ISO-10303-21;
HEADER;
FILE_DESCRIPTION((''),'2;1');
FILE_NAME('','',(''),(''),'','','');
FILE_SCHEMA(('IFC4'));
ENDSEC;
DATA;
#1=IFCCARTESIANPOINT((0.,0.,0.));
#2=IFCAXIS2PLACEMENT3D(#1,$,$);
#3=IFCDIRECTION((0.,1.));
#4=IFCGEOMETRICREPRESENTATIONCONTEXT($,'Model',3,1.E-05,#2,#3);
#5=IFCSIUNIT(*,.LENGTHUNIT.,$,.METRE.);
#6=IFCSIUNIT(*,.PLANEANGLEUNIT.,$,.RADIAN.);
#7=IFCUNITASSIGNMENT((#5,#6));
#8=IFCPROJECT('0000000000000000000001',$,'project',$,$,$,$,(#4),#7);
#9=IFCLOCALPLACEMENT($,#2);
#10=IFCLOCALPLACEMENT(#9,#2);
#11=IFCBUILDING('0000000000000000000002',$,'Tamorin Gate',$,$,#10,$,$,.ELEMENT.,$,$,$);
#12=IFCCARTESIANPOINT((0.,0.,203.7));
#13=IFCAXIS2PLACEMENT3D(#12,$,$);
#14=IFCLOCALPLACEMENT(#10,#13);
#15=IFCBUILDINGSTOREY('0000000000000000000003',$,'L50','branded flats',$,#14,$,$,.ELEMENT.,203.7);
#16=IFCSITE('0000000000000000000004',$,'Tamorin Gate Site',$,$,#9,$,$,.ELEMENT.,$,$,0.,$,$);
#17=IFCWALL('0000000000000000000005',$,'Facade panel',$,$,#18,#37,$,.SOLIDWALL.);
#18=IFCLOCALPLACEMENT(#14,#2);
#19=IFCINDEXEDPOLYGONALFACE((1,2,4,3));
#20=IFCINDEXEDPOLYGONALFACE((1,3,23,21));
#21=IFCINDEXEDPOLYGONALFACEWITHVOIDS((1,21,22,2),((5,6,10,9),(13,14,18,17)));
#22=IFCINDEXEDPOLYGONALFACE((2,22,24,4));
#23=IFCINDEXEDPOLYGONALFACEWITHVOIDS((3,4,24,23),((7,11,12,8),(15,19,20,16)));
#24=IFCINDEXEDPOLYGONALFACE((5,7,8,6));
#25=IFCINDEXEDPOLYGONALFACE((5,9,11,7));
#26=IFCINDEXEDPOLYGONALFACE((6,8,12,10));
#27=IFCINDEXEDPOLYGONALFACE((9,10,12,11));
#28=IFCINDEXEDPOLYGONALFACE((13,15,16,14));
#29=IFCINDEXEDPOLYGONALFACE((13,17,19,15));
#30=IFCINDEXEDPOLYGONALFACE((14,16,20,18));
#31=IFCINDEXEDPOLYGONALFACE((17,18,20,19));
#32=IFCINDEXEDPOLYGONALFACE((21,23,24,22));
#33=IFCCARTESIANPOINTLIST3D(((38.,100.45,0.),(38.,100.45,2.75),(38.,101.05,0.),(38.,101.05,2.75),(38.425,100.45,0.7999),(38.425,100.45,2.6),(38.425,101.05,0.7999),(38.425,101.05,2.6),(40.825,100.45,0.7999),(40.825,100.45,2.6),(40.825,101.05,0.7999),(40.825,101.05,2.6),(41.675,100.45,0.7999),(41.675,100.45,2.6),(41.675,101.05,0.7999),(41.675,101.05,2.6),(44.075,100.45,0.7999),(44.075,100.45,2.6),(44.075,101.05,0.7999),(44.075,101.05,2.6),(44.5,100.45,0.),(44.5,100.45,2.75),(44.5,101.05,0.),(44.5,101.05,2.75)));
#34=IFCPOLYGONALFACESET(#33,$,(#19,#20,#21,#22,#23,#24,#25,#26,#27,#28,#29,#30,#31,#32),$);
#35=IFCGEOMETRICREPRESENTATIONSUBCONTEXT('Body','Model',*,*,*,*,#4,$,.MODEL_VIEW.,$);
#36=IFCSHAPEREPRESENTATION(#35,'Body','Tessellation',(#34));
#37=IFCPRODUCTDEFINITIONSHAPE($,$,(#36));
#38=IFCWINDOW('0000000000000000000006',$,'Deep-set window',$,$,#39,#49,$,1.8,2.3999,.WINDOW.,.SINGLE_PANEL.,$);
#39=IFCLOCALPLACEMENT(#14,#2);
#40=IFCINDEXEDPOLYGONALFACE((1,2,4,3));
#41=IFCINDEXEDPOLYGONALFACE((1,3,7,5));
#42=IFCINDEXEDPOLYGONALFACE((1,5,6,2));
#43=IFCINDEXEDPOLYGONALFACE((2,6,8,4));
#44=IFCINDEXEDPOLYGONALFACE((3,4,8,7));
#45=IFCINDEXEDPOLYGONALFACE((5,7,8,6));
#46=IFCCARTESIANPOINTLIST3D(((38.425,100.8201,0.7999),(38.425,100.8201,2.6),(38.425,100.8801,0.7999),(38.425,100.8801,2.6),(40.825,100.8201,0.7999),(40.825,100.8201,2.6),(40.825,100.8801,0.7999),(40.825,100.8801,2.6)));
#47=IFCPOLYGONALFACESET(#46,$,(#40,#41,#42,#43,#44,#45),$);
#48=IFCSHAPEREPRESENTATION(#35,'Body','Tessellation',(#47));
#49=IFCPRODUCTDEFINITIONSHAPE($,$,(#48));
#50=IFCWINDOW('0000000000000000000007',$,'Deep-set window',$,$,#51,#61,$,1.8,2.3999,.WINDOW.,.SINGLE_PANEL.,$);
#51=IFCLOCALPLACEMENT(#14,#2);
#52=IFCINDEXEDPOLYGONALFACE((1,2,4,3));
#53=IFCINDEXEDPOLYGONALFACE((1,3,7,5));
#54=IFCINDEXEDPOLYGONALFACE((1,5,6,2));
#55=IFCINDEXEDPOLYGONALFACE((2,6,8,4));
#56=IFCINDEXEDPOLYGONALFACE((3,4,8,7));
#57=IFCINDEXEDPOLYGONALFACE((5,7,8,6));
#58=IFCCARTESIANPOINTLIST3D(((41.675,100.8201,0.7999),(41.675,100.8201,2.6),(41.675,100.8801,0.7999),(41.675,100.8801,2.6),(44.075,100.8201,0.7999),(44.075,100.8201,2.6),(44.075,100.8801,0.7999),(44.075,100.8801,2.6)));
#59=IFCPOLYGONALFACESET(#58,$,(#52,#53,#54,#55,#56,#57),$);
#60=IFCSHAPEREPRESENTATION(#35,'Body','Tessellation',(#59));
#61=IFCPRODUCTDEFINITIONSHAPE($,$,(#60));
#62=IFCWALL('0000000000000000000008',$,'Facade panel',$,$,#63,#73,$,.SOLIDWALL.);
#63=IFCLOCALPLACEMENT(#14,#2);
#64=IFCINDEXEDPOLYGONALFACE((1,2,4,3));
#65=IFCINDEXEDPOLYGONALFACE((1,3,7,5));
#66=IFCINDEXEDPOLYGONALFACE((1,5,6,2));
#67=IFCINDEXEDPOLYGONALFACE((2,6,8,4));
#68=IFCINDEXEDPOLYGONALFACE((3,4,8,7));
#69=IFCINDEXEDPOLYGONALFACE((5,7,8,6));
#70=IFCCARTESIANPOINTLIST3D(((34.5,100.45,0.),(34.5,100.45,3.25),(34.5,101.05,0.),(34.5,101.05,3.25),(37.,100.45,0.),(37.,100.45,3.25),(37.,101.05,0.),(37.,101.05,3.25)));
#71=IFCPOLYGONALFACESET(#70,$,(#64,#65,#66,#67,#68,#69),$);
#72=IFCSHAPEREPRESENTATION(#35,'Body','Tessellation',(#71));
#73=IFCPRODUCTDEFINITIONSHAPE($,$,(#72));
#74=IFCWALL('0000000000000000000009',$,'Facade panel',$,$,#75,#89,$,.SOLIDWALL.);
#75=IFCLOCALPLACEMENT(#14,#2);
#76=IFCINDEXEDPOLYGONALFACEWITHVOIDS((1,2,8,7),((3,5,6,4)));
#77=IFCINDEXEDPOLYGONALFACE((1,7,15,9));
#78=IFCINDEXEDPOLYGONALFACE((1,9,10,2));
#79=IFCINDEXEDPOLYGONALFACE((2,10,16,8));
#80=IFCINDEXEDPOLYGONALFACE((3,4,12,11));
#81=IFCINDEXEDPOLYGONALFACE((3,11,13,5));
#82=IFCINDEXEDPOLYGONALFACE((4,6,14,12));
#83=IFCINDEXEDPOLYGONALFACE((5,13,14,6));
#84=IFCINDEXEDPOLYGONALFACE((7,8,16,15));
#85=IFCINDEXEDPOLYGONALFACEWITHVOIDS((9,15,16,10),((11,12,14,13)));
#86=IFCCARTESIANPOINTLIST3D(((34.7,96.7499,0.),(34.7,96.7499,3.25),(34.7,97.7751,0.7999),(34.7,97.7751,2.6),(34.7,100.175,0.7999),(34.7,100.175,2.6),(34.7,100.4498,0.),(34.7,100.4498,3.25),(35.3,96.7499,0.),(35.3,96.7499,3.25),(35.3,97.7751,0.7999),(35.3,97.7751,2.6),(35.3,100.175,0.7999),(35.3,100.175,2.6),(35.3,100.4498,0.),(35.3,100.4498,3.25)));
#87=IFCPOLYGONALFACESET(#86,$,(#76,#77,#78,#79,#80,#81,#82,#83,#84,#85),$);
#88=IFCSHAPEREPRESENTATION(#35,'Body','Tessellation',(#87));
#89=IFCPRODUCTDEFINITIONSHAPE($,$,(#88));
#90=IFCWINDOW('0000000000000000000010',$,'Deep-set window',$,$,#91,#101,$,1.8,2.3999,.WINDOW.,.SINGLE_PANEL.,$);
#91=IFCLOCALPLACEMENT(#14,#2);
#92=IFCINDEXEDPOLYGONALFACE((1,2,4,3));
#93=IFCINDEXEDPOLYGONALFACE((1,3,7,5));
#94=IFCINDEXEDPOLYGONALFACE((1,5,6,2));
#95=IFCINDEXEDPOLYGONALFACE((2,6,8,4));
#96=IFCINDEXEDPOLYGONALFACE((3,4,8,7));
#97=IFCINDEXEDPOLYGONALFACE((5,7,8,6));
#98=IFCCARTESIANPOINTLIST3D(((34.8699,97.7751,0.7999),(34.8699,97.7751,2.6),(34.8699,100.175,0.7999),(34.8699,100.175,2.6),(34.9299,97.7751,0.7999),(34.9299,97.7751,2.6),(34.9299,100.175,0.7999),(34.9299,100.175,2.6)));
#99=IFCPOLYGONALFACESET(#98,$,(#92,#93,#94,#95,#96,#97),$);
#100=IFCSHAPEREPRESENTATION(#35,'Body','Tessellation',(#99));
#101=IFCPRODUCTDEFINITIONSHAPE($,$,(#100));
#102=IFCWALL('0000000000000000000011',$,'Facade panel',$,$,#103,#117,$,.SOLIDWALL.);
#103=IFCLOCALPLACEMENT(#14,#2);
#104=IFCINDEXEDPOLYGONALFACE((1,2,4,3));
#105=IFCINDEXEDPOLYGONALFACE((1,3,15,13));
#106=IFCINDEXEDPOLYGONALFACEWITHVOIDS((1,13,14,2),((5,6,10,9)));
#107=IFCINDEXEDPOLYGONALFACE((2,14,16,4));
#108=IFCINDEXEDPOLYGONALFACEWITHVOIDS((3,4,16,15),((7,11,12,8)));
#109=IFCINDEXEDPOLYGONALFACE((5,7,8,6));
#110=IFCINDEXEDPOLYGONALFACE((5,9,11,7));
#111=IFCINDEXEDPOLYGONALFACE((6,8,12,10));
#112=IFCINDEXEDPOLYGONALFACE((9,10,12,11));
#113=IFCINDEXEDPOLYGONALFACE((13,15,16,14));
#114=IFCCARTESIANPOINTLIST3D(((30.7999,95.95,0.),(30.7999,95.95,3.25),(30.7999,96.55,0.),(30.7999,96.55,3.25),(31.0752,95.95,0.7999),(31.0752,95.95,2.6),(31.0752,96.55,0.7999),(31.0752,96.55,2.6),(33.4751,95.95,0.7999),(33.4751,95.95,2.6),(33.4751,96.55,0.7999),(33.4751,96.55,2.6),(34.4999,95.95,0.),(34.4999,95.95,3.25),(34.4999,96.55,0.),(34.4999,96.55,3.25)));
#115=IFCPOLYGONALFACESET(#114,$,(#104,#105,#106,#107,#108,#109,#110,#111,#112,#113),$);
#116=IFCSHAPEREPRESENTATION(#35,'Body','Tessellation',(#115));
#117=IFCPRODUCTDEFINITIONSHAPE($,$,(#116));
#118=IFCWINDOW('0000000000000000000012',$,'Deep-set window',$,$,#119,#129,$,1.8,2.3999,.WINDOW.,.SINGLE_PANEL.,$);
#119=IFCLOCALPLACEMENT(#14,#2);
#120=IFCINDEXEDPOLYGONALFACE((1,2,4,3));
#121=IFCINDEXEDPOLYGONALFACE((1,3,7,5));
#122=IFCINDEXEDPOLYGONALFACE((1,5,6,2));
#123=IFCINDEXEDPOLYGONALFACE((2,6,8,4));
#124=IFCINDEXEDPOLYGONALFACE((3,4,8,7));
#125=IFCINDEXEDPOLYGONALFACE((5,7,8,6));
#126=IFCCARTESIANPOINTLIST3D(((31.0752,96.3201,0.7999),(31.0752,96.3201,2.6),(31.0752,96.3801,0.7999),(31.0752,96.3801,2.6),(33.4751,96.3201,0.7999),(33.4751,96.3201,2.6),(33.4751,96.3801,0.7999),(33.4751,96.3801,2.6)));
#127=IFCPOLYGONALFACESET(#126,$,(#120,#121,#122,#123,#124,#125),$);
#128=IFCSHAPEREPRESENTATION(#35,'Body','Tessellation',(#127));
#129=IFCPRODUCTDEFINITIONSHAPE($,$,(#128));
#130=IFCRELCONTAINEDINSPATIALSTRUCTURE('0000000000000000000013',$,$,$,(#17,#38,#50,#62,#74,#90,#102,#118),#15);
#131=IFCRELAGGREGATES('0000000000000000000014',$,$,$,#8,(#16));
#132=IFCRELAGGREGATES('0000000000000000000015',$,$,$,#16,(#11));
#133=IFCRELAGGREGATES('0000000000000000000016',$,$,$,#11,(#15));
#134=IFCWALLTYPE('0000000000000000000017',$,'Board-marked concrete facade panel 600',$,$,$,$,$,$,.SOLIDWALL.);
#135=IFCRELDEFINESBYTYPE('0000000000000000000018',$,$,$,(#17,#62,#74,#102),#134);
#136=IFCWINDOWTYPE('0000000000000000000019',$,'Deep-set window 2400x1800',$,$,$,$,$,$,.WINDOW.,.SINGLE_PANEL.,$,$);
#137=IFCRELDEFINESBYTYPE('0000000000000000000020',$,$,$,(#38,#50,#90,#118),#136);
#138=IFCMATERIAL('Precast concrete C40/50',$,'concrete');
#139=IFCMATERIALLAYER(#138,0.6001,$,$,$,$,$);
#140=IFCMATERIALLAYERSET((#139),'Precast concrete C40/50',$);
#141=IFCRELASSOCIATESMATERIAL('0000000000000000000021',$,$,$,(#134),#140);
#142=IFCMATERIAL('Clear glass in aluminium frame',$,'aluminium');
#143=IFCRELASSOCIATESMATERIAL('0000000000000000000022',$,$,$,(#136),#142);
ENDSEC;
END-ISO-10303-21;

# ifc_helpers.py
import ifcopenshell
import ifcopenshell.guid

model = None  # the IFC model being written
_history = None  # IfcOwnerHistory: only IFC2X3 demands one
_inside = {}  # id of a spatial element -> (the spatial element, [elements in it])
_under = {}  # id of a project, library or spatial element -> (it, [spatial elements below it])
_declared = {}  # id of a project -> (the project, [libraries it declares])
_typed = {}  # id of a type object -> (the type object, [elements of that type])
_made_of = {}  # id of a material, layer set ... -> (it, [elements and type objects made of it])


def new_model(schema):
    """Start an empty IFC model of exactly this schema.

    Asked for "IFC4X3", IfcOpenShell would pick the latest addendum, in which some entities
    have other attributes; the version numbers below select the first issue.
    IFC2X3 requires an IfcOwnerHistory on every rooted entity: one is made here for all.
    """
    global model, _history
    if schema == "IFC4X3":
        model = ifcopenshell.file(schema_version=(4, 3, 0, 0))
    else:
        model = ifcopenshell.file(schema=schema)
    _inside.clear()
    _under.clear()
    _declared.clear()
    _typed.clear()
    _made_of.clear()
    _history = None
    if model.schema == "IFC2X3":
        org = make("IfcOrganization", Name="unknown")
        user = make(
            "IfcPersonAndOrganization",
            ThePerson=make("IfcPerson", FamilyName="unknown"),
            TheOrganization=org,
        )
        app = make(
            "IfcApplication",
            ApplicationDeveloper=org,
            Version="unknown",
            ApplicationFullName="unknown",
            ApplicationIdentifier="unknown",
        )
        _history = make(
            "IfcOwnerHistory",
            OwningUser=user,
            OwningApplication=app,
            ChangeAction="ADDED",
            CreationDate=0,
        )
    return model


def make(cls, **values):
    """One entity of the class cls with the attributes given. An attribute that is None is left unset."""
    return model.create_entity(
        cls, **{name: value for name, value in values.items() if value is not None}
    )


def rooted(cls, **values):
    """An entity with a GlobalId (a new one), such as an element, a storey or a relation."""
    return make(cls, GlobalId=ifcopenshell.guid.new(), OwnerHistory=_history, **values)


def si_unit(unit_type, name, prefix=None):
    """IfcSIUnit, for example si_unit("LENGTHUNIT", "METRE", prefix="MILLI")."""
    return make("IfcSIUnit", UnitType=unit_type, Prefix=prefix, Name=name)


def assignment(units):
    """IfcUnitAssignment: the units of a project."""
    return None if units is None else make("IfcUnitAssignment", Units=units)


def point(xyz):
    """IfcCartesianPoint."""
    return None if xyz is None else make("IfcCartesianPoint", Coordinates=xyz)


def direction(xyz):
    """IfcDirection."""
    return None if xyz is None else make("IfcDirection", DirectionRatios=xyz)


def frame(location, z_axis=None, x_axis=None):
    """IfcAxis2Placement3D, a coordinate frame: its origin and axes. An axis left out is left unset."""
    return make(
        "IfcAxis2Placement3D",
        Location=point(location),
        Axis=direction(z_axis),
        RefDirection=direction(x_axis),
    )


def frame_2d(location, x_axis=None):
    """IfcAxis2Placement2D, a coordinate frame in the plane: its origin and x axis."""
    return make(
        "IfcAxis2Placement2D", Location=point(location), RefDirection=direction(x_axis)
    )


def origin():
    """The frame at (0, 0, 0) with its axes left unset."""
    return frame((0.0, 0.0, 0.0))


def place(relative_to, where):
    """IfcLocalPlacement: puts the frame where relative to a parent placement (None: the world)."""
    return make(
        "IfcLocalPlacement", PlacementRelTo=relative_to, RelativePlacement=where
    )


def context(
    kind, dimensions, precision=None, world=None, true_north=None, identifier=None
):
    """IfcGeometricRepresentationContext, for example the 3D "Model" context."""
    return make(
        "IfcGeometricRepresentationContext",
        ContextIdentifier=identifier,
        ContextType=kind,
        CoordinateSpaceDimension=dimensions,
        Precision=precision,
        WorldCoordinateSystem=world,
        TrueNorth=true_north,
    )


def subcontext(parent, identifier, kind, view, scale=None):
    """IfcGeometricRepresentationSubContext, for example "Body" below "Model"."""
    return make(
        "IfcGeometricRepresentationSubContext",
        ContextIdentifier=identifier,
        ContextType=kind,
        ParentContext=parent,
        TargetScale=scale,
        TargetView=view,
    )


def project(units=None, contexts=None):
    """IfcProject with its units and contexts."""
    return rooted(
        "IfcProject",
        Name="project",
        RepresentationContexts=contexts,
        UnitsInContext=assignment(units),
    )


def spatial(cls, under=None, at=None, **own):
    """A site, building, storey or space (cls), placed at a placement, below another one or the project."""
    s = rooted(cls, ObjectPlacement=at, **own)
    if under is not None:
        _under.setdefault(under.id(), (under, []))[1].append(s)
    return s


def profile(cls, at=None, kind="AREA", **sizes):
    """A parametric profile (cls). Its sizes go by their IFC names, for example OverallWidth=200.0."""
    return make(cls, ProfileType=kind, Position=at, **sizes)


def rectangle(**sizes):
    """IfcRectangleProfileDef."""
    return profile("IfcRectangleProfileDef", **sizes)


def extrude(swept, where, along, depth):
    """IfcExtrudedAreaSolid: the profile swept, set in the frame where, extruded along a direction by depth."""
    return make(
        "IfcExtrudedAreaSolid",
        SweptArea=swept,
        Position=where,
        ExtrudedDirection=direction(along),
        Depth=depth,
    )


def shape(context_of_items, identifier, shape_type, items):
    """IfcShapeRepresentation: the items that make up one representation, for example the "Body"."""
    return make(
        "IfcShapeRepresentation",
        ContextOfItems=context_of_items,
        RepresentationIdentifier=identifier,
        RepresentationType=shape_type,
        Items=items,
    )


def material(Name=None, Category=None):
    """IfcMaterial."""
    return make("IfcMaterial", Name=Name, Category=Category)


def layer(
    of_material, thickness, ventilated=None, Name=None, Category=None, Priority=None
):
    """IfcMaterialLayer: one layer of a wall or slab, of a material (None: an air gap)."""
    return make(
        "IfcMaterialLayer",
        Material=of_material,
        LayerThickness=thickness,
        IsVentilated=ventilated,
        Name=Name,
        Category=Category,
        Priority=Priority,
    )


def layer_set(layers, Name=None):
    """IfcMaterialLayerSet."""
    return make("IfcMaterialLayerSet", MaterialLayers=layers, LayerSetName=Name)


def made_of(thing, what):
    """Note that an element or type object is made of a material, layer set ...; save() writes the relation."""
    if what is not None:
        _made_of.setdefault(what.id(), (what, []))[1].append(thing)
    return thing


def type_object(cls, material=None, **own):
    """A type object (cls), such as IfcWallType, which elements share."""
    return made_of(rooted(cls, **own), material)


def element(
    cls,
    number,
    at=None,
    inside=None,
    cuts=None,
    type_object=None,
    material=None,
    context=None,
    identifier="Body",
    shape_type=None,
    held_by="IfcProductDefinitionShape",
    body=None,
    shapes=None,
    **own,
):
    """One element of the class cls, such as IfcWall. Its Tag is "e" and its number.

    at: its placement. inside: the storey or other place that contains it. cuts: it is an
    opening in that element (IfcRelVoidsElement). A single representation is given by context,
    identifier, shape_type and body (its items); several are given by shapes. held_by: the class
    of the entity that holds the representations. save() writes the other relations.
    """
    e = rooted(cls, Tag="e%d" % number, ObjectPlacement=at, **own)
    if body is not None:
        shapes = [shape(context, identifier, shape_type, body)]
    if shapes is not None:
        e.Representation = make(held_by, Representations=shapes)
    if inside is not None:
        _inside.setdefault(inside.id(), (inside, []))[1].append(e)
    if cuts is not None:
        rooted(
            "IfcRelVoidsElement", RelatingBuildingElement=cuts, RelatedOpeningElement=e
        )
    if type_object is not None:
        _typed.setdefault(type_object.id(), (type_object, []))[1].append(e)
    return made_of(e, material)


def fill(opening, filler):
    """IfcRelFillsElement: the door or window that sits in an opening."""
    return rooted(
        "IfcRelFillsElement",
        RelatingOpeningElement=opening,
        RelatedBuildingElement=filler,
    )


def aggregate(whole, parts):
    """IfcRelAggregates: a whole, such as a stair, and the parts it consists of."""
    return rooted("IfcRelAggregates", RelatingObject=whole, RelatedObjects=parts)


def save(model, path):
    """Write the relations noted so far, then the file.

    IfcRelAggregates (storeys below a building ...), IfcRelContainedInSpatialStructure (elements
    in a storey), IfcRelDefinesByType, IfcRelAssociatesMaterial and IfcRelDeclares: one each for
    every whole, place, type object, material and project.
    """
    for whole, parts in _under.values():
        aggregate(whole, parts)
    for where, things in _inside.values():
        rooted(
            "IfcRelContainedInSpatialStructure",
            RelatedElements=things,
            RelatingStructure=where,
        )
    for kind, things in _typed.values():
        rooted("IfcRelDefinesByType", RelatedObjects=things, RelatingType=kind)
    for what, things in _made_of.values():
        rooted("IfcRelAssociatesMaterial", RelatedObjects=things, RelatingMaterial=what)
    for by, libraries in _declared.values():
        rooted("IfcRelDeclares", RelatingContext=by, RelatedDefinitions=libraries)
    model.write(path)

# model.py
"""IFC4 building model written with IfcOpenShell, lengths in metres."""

from ifc_helpers import new_model, si_unit, direction, frame, frame_2d, origin, place, context, subcontext, project, spatial, rectangle, extrude, material, layer, layer_set, type_object, element, fill, save


model = new_model("IFC4")

# Units and contexts
model_context = context("Model", 3, precision=1e-05, world=origin(), true_north=direction((0.0, 1.0)))
body_context = subcontext(model_context, "Body", "Model", "MODEL_VIEW")
ifc_project = project(units=[si_unit("LENGTHUNIT", "METRE"), si_unit("PLANEANGLEUNIT", "RADIAN")], contexts=[model_context])

# Site, building, storey
site_placement = place(None, origin())
site = spatial("IfcSite", under=ifc_project, at=site_placement, Name="Tamorin Gate Site", CompositionType="ELEMENT", RefElevation=0.0)
building_placement = place(site_placement, origin())
building = spatial("IfcBuilding", under=site, at=building_placement, Name="Tamorin Gate", CompositionType="ELEMENT")
storey_placement = place(building_placement, frame((0.0, 0.0, 203.7)))
storey = spatial("IfcBuildingStorey", under=building, at=storey_placement, Name="L50", Description="branded flats", CompositionType="ELEMENT", Elevation=203.7)

# Wall, openings, windows
ifc_material_1 = material(Name="Precast concrete C40/50", Category="concrete")
ifc_layer_1 = layer(ifc_material_1, 0.6001)
ifc_layer_set_1 = layer_set([ifc_layer_1], Name="Precast concrete C40/50")
wall_type_1 = type_object("IfcWallType", Name="Board-marked concrete facade panel 600", PredefinedType="SOLIDWALL", material=ifc_layer_set_1)
ifc_material_2 = material(Name="Clear glass in aluminium frame", Category="aluminium")
window_type_1 = type_object("IfcWindowType", Name="Deep-set window 2400x1800", PartitioningType="SINGLE_PANEL", PredefinedType="WINDOW", material=ifc_material_2)
wall_1_placement = place(storey_placement, frame((44.5, 100.75, 0.0), z_axis=(0.0, 0.0, 1.0), x_axis=(-1.0, 0.0, 0.0)))
wall_1 = element("IfcWall", 1, at=wall_1_placement, inside=storey, type_object=wall_type_1, Name="Facade panel", PredefinedType="SOLIDWALL", context=body_context, shape_type="SweptSolid", body=[
    extrude(rectangle(XDim=6.5, YDim=0.6001, at=frame_2d((3.25, 0.0))), origin(), (0.0, 0.0, 1.0), 2.75),
])
opening_1_placement = place(wall_1_placement, frame((3.675, 0.0, 0.8)))
opening_1 = element("IfcOpeningElement", 2, at=opening_1_placement, cuts=wall_1, PredefinedType="OPENING", context=body_context, shape_type="SweptSolid", body=[
    extrude(rectangle(XDim=2.3999, YDim=1.8, at=frame_2d((1.2, 0.8999))), frame((0.0, 0.3101, 0.0), z_axis=(0.0, -1.0, 0.0), x_axis=(1.0, 0.0, 0.0)), (0.0, 0.0, 1.0), 0.6201),
])
opening_2_placement = place(wall_1_placement, frame((0.425, 0.0, 0.8)))
opening_2 = element("IfcOpeningElement", 3, at=opening_2_placement, cuts=wall_1, PredefinedType="OPENING", context=body_context, shape_type="SweptSolid", body=[
    extrude(rectangle(XDim=2.3999, YDim=1.8, at=frame_2d((1.2, 0.8999))), frame((0.0, 0.3101, 0.0), z_axis=(0.0, -1.0, 0.0), x_axis=(1.0, 0.0, 0.0)), (0.0, 0.0, 1.0), 0.6201),
])
window_1_placement = place(opening_1_placement, origin())
window_1 = element("IfcWindow", 4, at=window_1_placement, inside=storey, type_object=window_type_1, Name="Deep-set window", OverallHeight=1.8, OverallWidth=2.3999, PartitioningType="SINGLE_PANEL", PredefinedType="WINDOW", context=body_context, shape_type="SweptSolid", body=[
    extrude(rectangle(XDim=2.3999, YDim=1.8, at=frame_2d((1.2, 0.8999))), frame((0.0, -0.0701, 0.0), z_axis=(0.0, -1.0, 0.0), x_axis=(1.0, 0.0, 0.0)), (0.0, 0.0, 1.0), 0.0601),
])
fill(opening_1, window_1)
window_2_placement = place(opening_2_placement, origin())
window_2 = element("IfcWindow", 5, at=window_2_placement, inside=storey, type_object=window_type_1, Name="Deep-set window", OverallHeight=1.8, OverallWidth=2.3999, PartitioningType="SINGLE_PANEL", PredefinedType="WINDOW", context=body_context, shape_type="SweptSolid", body=[
    extrude(rectangle(XDim=2.3999, YDim=1.8, at=frame_2d((1.2, 0.8999))), frame((0.0, -0.0701, 0.0), z_axis=(0.0, -1.0, 0.0), x_axis=(1.0, 0.0, 0.0)), (0.0, 0.0, 1.0), 0.0601),
])
fill(opening_2, window_2)

# Wall
wall_2_placement = place(storey_placement, frame((37.0, 100.75, 0.0), z_axis=(0.0, 0.0, 1.0), x_axis=(-1.0, 0.0, 0.0)))
element("IfcWall", 6, at=wall_2_placement, inside=storey, type_object=wall_type_1, Name="Facade panel", PredefinedType="SOLIDWALL", context=body_context, shape_type="SweptSolid", body=[
    extrude(rectangle(XDim=2.5, YDim=0.6001, at=frame_2d((1.25, 0.0))), origin(), (0.0, 0.0, 1.0), 3.25),
])

# Walls, openings, windows
wall_3_placement = place(storey_placement, frame((35.0, 100.45, 0.0), z_axis=(0.0, 0.0, 1.0), x_axis=(0.0, -1.0, 0.0)))
wall_3 = element("IfcWall", 7, at=wall_3_placement, inside=storey, type_object=wall_type_1, Name="Facade panel", PredefinedType="SOLIDWALL", context=body_context, shape_type="SweptSolid", body=[
    extrude(rectangle(XDim=3.7, YDim=0.6001, at=frame_2d((1.8501, 0.0))), origin(), (0.0, 0.0, 1.0), 3.25),
])
opening_3_placement = place(wall_3_placement, frame((0.2749, 0.0, 0.8)))
opening_3 = element("IfcOpeningElement", 8, at=opening_3_placement, cuts=wall_3, PredefinedType="OPENING", context=body_context, shape_type="SweptSolid", body=[
    extrude(rectangle(XDim=2.3999, YDim=1.8, at=frame_2d((1.2, 0.8999))), frame((0.0, 0.3101, 0.0), z_axis=(0.0, -1.0, 0.0), x_axis=(1.0, 0.0, 0.0)), (0.0, 0.0, 1.0), 0.6201),
])
window_3_placement = place(opening_3_placement, origin())
window_3 = element("IfcWindow", 9, at=window_3_placement, inside=storey, type_object=window_type_1, Name="Deep-set window", OverallHeight=1.8, OverallWidth=2.3999, PartitioningType="SINGLE_PANEL", PredefinedType="WINDOW", context=body_context, shape_type="SweptSolid", body=[
    extrude(rectangle(XDim=2.3999, YDim=1.8, at=frame_2d((1.2, 0.8999))), frame((0.0, -0.0701, 0.0), z_axis=(0.0, -1.0, 0.0), x_axis=(1.0, 0.0, 0.0)), (0.0, 0.0, 1.0), 0.0601),
])
fill(opening_3, window_3)
wall_4_placement = place(storey_placement, frame((34.5, 96.25, 0.0), z_axis=(0.0, 0.0, 1.0), x_axis=(-1.0, 0.0, 0.0)))
wall_4 = element("IfcWall", 10, at=wall_4_placement, inside=storey, type_object=wall_type_1, Name="Facade panel", PredefinedType="SOLIDWALL", context=body_context, shape_type="SweptSolid", body=[
    extrude(rectangle(XDim=3.7, YDim=0.6001, at=frame_2d((1.8501, 0.0))), origin(), (0.0, 0.0, 1.0), 3.25),
])
opening_4_placement = place(wall_4_placement, frame((1.0249, 0.0, 0.8)))
opening_4 = element("IfcOpeningElement", 11, at=opening_4_placement, cuts=wall_4, PredefinedType="OPENING", context=body_context, shape_type="SweptSolid", body=[
    extrude(rectangle(XDim=2.3999, YDim=1.8, at=frame_2d((1.2, 0.8999))), frame((0.0, 0.3101, 0.0), z_axis=(0.0, -1.0, 0.0), x_axis=(1.0, 0.0, 0.0)), (0.0, 0.0, 1.0), 0.6201),
])
window_4_placement = place(opening_4_placement, origin())
window_4 = element("IfcWindow", 12, at=window_4_placement, inside=storey, type_object=window_type_1, Name="Deep-set window", OverallHeight=1.8, OverallWidth=2.3999, PartitioningType="SINGLE_PANEL", PredefinedType="WINDOW", context=body_context, shape_type="SweptSolid", body=[
    extrude(rectangle(XDim=2.3999, YDim=1.8, at=frame_2d((1.2, 0.8999))), frame((0.0, -0.0701, 0.0), z_axis=(0.0, -1.0, 0.0), x_axis=(1.0, 0.0, 0.0)), (0.0, 0.0, 1.0), 0.0601),
])
fill(opening_4, window_4)

save(model, "model.ifc")
